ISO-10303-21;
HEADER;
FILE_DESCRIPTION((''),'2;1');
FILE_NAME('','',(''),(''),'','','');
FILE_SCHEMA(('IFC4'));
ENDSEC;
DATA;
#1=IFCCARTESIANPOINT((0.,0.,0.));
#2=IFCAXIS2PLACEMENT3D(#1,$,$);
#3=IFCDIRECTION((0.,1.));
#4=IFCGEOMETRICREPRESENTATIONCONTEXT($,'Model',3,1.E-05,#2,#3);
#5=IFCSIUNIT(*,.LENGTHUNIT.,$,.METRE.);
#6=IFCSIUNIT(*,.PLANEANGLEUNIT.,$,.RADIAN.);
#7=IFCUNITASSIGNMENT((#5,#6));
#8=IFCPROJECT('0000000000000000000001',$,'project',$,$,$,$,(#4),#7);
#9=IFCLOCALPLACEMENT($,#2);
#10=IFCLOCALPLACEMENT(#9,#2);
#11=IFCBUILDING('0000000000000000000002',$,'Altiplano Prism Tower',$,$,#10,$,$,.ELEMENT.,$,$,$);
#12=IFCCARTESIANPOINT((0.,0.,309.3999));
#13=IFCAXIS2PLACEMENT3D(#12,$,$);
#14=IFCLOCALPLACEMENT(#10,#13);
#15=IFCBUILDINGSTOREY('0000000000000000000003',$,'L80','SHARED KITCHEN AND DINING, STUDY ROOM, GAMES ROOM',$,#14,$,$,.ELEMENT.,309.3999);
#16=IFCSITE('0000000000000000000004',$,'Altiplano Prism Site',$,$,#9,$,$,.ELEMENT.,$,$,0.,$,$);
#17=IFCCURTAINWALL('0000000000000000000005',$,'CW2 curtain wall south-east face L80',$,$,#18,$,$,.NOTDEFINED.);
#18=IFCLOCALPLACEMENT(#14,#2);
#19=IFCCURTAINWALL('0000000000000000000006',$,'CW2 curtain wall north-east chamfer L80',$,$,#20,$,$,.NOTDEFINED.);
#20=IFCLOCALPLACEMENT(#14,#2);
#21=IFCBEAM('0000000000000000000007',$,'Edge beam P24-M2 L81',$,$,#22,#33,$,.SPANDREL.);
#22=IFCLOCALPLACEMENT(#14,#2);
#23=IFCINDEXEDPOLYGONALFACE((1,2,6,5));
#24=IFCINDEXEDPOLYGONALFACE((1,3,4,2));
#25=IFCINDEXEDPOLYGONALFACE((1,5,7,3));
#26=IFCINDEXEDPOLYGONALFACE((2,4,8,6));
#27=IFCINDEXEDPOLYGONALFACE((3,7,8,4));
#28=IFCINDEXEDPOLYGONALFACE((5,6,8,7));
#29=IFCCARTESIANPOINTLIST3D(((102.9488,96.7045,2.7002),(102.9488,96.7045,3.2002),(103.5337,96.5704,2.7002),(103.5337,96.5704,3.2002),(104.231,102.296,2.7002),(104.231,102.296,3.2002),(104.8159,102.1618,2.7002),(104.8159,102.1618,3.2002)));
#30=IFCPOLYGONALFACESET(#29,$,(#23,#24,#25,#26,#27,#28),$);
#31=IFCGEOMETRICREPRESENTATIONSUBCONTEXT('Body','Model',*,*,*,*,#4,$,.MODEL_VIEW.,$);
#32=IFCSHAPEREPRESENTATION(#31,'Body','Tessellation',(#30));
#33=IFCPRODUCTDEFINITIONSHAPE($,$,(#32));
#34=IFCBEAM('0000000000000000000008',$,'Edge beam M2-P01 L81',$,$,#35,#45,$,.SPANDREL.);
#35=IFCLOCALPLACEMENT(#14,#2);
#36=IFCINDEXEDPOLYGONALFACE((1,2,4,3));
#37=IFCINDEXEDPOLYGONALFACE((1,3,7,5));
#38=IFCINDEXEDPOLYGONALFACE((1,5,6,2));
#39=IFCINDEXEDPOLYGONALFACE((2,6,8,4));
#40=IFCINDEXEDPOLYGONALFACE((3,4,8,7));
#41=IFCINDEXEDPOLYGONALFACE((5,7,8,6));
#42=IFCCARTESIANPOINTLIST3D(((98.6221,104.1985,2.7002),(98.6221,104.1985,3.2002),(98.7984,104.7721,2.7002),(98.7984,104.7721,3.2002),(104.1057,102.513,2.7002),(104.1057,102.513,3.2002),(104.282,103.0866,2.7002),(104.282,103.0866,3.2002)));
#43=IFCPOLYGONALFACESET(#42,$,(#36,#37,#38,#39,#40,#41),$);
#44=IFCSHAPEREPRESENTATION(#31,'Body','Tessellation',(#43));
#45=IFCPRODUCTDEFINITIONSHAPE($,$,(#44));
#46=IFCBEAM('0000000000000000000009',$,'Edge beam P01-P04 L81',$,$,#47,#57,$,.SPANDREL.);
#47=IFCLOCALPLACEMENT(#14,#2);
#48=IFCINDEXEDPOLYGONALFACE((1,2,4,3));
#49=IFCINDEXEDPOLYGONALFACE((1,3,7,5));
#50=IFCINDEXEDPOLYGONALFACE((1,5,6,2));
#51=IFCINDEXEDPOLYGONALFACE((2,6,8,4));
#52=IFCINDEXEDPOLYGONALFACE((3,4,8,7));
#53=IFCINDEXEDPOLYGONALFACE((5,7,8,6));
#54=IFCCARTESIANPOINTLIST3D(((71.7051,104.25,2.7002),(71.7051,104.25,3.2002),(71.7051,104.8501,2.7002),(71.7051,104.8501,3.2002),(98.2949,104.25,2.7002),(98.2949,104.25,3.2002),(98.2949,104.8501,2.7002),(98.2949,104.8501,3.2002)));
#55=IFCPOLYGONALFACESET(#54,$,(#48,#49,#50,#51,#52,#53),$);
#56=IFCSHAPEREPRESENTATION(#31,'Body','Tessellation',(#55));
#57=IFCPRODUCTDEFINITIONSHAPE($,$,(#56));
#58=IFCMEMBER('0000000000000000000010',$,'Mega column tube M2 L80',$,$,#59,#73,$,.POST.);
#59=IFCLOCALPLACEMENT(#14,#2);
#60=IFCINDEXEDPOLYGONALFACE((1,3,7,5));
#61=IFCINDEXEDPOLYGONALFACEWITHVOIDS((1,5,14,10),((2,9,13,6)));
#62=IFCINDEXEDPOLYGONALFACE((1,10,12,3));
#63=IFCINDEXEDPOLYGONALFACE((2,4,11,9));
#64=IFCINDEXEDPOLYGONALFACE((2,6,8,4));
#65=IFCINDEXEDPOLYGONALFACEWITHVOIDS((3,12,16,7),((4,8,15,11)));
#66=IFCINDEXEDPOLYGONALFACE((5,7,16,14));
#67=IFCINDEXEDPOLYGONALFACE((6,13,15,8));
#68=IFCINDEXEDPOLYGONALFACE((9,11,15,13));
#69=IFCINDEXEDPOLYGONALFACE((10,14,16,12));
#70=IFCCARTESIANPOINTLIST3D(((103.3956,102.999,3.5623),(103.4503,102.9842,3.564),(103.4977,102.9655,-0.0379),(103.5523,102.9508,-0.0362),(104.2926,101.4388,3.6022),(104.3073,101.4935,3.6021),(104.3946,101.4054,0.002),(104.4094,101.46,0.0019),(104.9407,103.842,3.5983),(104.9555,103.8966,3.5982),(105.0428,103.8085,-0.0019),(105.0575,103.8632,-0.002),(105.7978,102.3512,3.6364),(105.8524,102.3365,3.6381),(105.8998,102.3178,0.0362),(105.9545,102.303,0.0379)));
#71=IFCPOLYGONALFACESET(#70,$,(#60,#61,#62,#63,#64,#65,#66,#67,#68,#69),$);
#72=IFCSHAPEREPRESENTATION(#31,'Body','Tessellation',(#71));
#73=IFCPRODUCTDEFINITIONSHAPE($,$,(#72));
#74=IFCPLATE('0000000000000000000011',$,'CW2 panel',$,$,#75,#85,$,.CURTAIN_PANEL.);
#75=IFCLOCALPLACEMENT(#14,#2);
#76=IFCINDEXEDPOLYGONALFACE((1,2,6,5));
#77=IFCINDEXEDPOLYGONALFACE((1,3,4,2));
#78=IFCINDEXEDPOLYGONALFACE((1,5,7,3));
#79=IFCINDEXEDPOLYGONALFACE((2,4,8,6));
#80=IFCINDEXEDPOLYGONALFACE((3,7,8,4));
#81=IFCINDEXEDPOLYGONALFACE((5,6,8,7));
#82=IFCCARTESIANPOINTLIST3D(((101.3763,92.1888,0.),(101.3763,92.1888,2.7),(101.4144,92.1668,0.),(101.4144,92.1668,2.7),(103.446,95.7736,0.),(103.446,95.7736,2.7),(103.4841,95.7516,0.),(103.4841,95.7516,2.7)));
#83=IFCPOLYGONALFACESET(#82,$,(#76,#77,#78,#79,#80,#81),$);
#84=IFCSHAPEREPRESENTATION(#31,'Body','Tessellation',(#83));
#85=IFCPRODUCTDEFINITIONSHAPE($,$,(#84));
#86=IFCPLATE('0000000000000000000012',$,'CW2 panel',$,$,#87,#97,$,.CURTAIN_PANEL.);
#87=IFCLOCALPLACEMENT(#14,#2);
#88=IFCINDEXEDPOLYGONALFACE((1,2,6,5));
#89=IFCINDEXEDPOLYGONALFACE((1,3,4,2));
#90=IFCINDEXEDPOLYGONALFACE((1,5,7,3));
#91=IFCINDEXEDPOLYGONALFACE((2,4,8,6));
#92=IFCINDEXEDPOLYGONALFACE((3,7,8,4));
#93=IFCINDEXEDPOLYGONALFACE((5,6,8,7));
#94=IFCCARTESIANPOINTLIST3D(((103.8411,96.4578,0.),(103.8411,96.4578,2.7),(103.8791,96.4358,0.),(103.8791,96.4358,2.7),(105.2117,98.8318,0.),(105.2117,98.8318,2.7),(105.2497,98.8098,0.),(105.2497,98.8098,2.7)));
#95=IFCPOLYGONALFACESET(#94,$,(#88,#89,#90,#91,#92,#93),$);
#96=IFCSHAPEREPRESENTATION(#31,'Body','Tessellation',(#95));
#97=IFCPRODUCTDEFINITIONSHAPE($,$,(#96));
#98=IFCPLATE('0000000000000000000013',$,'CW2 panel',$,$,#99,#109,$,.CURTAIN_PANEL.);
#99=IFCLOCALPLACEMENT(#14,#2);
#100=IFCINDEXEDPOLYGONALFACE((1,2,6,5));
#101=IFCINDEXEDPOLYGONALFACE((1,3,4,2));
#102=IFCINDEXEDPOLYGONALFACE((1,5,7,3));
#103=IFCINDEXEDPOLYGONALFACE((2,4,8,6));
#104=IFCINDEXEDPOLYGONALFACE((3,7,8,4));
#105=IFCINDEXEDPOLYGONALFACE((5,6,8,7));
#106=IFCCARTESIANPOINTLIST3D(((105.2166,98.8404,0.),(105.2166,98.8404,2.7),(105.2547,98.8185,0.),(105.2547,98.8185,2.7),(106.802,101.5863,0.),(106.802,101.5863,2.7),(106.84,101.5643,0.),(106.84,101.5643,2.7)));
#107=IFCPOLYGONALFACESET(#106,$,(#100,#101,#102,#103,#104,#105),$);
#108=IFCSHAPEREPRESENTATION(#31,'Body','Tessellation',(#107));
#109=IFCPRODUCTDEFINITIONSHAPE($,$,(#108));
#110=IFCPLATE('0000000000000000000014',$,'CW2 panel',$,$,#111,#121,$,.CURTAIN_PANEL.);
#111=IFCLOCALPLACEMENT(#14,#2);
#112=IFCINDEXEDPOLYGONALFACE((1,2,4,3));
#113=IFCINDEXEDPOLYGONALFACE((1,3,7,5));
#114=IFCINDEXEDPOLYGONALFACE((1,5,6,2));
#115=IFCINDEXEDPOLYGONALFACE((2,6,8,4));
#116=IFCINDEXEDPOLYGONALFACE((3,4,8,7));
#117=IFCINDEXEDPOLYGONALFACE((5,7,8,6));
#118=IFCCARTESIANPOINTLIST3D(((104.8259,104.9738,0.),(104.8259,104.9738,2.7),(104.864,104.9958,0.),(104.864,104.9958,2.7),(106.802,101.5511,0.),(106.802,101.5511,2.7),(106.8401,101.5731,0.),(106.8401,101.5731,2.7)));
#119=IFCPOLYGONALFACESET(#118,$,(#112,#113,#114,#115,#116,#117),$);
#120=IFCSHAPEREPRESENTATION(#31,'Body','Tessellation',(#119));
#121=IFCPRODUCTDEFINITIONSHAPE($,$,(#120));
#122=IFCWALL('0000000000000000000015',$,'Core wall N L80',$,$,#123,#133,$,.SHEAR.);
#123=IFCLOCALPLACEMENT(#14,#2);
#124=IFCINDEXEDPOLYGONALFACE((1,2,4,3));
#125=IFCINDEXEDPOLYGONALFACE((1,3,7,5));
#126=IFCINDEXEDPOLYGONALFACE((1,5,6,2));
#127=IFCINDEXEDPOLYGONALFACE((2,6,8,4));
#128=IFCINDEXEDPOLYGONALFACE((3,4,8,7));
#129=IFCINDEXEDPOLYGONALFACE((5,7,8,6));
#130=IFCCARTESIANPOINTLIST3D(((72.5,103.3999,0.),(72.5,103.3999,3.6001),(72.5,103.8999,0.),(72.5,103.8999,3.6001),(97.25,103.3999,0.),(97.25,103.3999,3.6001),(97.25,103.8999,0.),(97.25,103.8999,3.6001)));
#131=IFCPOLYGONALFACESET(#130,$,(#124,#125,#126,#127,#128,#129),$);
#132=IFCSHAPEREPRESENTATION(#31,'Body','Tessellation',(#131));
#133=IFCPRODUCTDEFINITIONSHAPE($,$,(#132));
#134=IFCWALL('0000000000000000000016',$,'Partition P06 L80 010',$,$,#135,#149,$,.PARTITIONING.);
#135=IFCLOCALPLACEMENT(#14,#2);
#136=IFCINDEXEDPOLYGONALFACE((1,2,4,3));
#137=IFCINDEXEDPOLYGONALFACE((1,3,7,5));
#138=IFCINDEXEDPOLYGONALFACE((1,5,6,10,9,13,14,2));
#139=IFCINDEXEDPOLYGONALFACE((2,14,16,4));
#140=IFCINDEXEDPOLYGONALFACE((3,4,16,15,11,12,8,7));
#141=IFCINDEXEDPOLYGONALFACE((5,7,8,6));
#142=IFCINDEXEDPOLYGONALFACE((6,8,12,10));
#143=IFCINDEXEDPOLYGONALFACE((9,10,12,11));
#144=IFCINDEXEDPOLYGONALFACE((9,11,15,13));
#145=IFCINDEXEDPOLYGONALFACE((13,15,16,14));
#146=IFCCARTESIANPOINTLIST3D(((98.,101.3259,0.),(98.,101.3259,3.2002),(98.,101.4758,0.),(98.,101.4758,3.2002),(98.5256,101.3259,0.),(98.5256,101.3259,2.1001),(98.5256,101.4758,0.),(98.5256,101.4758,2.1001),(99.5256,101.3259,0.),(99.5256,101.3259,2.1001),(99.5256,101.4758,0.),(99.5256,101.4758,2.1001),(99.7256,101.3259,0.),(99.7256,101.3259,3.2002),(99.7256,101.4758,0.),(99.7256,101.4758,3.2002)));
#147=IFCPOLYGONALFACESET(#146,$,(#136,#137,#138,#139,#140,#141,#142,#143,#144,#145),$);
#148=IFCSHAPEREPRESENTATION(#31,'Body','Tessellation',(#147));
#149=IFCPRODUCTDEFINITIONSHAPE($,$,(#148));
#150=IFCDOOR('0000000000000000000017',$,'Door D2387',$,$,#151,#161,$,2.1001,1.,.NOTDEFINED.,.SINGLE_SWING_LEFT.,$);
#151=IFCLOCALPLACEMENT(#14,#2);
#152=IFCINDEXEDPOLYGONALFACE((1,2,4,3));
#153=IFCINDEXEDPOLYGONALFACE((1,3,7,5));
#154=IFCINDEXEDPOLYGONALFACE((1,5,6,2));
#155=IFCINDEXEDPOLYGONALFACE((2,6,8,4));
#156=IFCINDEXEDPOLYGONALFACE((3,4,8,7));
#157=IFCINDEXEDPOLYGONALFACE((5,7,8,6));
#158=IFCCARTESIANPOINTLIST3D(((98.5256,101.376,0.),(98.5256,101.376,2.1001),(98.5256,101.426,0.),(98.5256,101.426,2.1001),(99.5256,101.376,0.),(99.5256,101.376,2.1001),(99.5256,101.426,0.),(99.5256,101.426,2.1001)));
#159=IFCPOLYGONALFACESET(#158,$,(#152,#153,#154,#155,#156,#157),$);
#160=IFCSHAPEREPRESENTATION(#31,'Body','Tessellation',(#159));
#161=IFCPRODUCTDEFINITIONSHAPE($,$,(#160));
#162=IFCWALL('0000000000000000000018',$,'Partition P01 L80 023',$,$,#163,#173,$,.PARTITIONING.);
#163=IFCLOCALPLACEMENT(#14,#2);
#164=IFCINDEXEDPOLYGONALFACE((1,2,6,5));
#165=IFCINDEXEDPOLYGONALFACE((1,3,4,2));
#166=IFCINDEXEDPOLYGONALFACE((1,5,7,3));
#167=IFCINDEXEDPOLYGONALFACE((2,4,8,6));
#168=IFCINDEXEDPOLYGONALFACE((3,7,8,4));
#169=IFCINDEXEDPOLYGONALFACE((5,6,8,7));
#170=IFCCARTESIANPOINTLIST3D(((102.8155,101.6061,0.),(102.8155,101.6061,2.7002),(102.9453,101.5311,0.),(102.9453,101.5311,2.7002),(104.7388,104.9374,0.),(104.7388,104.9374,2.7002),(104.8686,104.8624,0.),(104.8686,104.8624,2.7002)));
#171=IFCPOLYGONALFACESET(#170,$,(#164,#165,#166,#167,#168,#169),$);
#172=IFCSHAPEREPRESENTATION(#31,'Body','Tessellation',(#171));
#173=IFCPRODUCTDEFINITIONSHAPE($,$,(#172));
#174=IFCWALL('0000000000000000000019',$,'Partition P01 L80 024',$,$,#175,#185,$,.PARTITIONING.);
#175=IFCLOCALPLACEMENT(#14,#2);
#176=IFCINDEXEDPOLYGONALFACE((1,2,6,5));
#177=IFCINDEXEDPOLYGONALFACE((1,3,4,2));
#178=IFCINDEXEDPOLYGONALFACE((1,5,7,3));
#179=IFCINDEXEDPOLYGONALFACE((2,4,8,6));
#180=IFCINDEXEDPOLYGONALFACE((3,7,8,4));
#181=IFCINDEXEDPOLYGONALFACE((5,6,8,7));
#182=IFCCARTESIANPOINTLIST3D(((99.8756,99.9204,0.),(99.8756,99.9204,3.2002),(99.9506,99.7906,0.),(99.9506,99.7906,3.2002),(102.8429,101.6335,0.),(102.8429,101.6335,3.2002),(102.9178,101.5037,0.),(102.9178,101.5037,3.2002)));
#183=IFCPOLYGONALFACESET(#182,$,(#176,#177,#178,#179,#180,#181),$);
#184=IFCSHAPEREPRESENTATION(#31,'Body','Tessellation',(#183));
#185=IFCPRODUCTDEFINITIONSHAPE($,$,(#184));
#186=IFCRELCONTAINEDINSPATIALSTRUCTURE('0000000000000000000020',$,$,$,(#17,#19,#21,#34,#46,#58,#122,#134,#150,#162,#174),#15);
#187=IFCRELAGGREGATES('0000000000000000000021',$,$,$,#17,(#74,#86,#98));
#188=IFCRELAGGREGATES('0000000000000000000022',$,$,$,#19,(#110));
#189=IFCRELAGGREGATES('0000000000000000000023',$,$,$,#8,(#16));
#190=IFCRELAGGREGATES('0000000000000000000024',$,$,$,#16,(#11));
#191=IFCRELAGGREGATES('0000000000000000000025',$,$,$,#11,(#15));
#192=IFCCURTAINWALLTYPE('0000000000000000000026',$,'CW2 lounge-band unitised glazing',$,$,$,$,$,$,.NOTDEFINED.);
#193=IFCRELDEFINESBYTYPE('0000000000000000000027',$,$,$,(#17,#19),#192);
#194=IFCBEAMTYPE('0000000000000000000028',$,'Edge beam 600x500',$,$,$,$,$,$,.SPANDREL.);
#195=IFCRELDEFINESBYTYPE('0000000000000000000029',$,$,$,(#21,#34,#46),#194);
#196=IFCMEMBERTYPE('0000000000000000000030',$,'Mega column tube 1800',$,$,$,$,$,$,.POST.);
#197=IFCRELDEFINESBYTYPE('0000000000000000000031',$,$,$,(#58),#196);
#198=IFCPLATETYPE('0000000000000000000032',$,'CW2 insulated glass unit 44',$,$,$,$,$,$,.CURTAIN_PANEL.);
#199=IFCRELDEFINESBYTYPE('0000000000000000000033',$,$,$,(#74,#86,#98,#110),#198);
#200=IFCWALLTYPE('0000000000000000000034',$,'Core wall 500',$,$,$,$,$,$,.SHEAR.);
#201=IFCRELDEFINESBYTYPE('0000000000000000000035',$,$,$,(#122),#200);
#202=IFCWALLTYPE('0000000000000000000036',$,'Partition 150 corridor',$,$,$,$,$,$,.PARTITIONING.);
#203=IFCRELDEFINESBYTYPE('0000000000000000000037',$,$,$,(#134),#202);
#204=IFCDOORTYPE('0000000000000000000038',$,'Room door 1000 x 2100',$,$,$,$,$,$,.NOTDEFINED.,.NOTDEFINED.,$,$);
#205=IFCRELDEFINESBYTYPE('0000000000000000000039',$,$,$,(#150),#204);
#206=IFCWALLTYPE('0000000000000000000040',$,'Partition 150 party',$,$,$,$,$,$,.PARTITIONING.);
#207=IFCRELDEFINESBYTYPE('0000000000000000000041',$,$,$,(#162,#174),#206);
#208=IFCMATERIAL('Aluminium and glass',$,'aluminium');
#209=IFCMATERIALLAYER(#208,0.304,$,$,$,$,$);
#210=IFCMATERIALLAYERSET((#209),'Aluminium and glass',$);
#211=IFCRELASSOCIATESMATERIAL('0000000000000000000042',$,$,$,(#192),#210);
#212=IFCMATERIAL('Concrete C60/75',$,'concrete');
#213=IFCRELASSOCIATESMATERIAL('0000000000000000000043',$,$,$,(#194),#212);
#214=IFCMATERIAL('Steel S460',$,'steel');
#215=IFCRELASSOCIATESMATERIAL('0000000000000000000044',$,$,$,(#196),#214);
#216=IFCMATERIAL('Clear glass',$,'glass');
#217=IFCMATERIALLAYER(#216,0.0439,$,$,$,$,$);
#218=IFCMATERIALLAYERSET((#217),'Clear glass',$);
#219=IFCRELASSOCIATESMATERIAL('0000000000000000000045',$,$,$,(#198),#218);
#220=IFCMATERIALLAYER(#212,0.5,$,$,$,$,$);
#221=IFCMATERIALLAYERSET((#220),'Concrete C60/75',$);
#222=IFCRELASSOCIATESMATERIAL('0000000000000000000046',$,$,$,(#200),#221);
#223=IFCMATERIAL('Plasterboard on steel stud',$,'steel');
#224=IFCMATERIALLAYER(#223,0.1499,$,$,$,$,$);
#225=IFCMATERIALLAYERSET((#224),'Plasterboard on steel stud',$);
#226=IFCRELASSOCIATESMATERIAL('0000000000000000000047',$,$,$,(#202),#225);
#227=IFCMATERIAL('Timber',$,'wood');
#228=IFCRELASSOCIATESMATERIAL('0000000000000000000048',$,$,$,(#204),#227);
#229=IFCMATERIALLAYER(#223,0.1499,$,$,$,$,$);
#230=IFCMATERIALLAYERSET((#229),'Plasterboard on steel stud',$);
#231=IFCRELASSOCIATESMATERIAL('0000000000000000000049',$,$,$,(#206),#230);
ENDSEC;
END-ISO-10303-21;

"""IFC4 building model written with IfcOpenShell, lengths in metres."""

from ifc_helpers import new_model, si_unit, direction, frame, frame_2d, origin, origin_2d, place, context, subcontext, project, spatial, rectangle, hollow_rectangle, extrude, material, layer, layer_set, material_profile, profile_set, type_object, element, fill, aggregate, save


model = new_model("IFC4")

# Units and contexts
model_context = context("Model", 3, precision=1e-05, world=origin(), true_north=direction((0.0, 1.0)))
body_context = subcontext(model_context, "Body", "Model", "MODEL_VIEW")
ifc_project = project(units=[si_unit("LENGTHUNIT", "METRE"), si_unit("PLANEANGLEUNIT", "RADIAN")], contexts=[model_context])

# Site, building, storey
site_placement = place(None, origin())
site = spatial("IfcSite", under=ifc_project, at=site_placement, Name="Altiplano Prism Site", CompositionType="ELEMENT", RefElevation=0.0)
building_placement = place(site_placement, origin())
building = spatial("IfcBuilding", under=site, at=building_placement, Name="Altiplano Prism Tower", CompositionType="ELEMENT")
storey_placement = place(building_placement, frame((0.0, 0.0, 309.3999)))
storey = spatial("IfcBuildingStorey", under=building, at=storey_placement, Name="L80", Description="SHARED KITCHEN AND DINING, STUDY ROOM, GAMES ROOM", CompositionType="ELEMENT", Elevation=309.3999)

# Shared definitions
ifc_material_1 = material(Name="Concrete C60/75", Category="concrete")

# Curtain wall
ifc_material_2 = material(Name="Aluminium and glass", Category="aluminium")
ifc_layer_1 = layer(ifc_material_2, 0.304)
ifc_layer_set_1 = layer_set([ifc_layer_1], Name="Aluminium and glass")
curtain_wall_type = type_object("IfcCurtainWallType", Name="CW2 lounge-band unitised glazing", PredefinedType="NOTDEFINED", material=ifc_layer_set_1)
curtain_wall_1_placement = place(storey_placement, origin())
curtain_wall_1 = element("IfcCurtainWall", 1, at=curtain_wall_1_placement, inside=storey, type_object=curtain_wall_type, Name="CW2 curtain wall south-east face L80", PredefinedType="NOTDEFINED")

# Curtain wall
curtain_wall_2_placement = place(storey_placement, origin())
curtain_wall_2 = element("IfcCurtainWall", 2, at=curtain_wall_2_placement, inside=storey, type_object=curtain_wall_type, Name="CW2 curtain wall north-east chamfer L80", PredefinedType="NOTDEFINED")

# Beams
ifc_material_profile_1 = material_profile(ifc_material_1, rectangle(XDim=0.6001, YDim=0.5, at=origin_2d()), Name="Edge beam 600x500")
ifc_profile_set_1 = profile_set([ifc_material_profile_1], Name="Concrete C60/75")
beam_type = type_object("IfcBeamType", Name="Edge beam 600x500", PredefinedType="SPANDREL", material=ifc_profile_set_1)
beam_1_placement = place(storey_placement, frame((103.2412, 96.6375, 2.9502), z_axis=(0.223513, 0.974701, 0.0), x_axis=(-0.974701, 0.223513, 0.0)))
element("IfcBeam", 3, at=beam_1_placement, inside=storey, type_object=beam_type, Name="Edge beam P24-M2 L81", PredefinedType="SPANDREL", context=body_context, shape_type="SweptSolid", body=[
    extrude(rectangle(XDim=0.6001, YDim=0.5, at=origin_2d()), origin(), (0.0, 0.0, 1.0), 5.7366),
])
beam_2_placement = place(storey_placement, frame((104.1938, 102.7998, 2.9502), z_axis=(-0.955864, 0.293811, 0.0), x_axis=(-0.293811, -0.955864, 0.0)))
element("IfcBeam", 4, at=beam_2_placement, inside=storey, type_object=beam_type, Name="Edge beam M2-P01 L81", PredefinedType="SPANDREL", context=body_context, shape_type="SweptSolid", body=[
    extrude(rectangle(XDim=0.6001, YDim=0.5, at=origin_2d()), origin(), (0.0, 0.0, 1.0), 5.7368),
])
beam_3_placement = place(storey_placement, frame((98.2949, 104.55, 2.9502), z_axis=(-1.0, 0.0, 0.0), x_axis=(0.0, -1.0, 0.0)))
element("IfcBeam", 5, at=beam_3_placement, inside=storey, type_object=beam_type, Name="Edge beam P01-P04 L81", PredefinedType="SPANDREL", context=body_context, shape_type="SweptSolid", body=[
    extrude(rectangle(XDim=0.6001, YDim=0.5, at=origin_2d()), origin(), (0.0, 0.0, 1.0), 26.5898),
])

# Member
ifc_material_3 = material(Name="Steel S460", Category="steel")
ifc_material_profile_2 = material_profile(ifc_material_3, hollow_rectangle(XDim=1.8, YDim=1.8, WallThickness=0.04, at=origin_2d()), Name="Mega column tube 1800")
ifc_profile_set_2 = profile_set([ifc_material_profile_2], Name="Steel S460")
member_type_1 = type_object("IfcMemberType", Name="Mega column tube 1800", PredefinedType="POST", material=ifc_profile_set_2)
member_1_placement = place(storey_placement, frame((104.7261, 102.6343, 0.0), z_axis=(-0.028334, 0.009287, 0.999555), x_axis=(0.498275, -0.866735, 0.022177)))
element("IfcMember", 6, at=member_1_placement, inside=storey, type_object=member_type_1, Name="Mega column tube M2 L80", PredefinedType="POST", context=body_context, shape_type="SweptSolid", body=[
    extrude(hollow_rectangle(XDim=1.8, YDim=1.8, WallThickness=0.04, at=origin_2d()), origin(), (0.0, 0.0, 1.0), 3.6018),
])

# Plates
ifc_material_4 = material(Name="Clear glass", Category="glass")
ifc_layer_2 = layer(ifc_material_4, 0.0439)
ifc_layer_set_2 = layer_set([ifc_layer_2], Name="Clear glass")
plate_type = type_object("IfcPlateType", Name="CW2 insulated glass unit 44", PredefinedType="CURTAIN_PANEL", material=ifc_layer_set_2)
plate_1_placement = place(storey_placement, frame((102.4302, 93.9702, 0.0), z_axis=(0.0, 0.0, 1.0), x_axis=(0.5, 0.866025, 0.0)))
plate_1 = element("IfcPlate", 7, at=plate_1_placement, type_object=plate_type, Name="CW2 panel", PredefinedType="CURTAIN_PANEL", context=body_context, shape_type="SweptSolid", body=[
    extrude(rectangle(XDim=4.1394, YDim=0.0439, at=origin_2d()), origin(), (0.0, 0.0, 1.0), 2.7),
])
plate_2_placement = place(storey_placement, frame((104.5454, 97.6338, 0.0), z_axis=(0.0, 0.0, 1.0), x_axis=(0.5, 0.866025, 0.0)))
plate_2 = element("IfcPlate", 8, at=plate_2_placement, type_object=plate_type, Name="CW2 panel", PredefinedType="CURTAIN_PANEL", context=body_context, shape_type="SweptSolid", body=[
    extrude(rectangle(XDim=2.7412, YDim=0.0439, at=origin_2d()), origin(), (0.0, 0.0, 1.0), 2.7),
])
plate_3_placement = place(storey_placement, frame((106.0283, 100.2024, 0.0), z_axis=(0.0, 0.0, 1.0), x_axis=(0.5, 0.866025, 0.0)))
plate_3 = element("IfcPlate", 9, at=plate_3_placement, type_object=plate_type, Name="CW2 panel", PredefinedType="CURTAIN_PANEL", context=body_context, shape_type="SweptSolid", body=[
    extrude(rectangle(XDim=3.1707, YDim=0.0439, at=origin_2d()), origin(), (0.0, 0.0, 1.0), 2.7),
])
aggregate(curtain_wall_1, [plate_1, plate_2, plate_3])
plate_4_placement = place(storey_placement, frame((105.833, 103.2734, 0.0), z_axis=(0.0, 0.0, 1.0), x_axis=(-0.5, 0.866025, 0.0)))
plate_4 = element("IfcPlate", 10, at=plate_4_placement, type_object=plate_type, Name="CW2 panel", PredefinedType="CURTAIN_PANEL", context=body_context, shape_type="SweptSolid", body=[
    extrude(rectangle(XDim=3.9521, YDim=0.0439, at=origin_2d()), origin(), (0.0, 0.0, 1.0), 2.7),
])
aggregate(curtain_wall_2, [plate_4])

# Wall
ifc_layer_3 = layer(ifc_material_1, 0.5)
ifc_layer_set_3 = layer_set([ifc_layer_3], Name="Concrete C60/75")
wall_type_1 = type_object("IfcWallType", Name="Core wall 500", PredefinedType="SHEAR", material=ifc_layer_set_3)
wall_1_placement = place(storey_placement, frame((97.25, 103.6499, 0.0), z_axis=(0.0, 0.0, 1.0), x_axis=(-1.0, 0.0, 0.0)))
element("IfcWall", 11, at=wall_1_placement, inside=storey, type_object=wall_type_1, Name="Core wall N L80", PredefinedType="SHEAR", context=body_context, shape_type="SweptSolid", body=[
    extrude(rectangle(XDim=24.75, YDim=0.5, at=frame_2d((12.375, 0.0))), origin(), (0.0, 0.0, 1.0), 3.6001),
])

# Wall, opening, door
ifc_material_5 = material(Name="Plasterboard on steel stud", Category="steel")
ifc_layer_4 = layer(ifc_material_5, 0.1499)
ifc_layer_set_4 = layer_set([ifc_layer_4], Name="Plasterboard on steel stud")
wall_type_2 = type_object("IfcWallType", Name="Partition 150 corridor", PredefinedType="PARTITIONING", material=ifc_layer_set_4)
wall_2_placement = place(storey_placement, frame((99.7256, 101.4009, 0.0), z_axis=(0.0, 0.0, 1.0), x_axis=(-1.0, 0.0, 0.0)))
wall_2 = element("IfcWall", 12, at=wall_2_placement, inside=storey, type_object=wall_type_2, Name="Partition P06 L80 010", PredefinedType="PARTITIONING", context=body_context, shape_type="SweptSolid", body=[
    extrude(rectangle(XDim=1.7256, YDim=0.1499, at=frame_2d((0.8628, 0.0))), origin(), (0.0, 0.0, 1.0), 3.2002),
])
opening_placement = place(wall_2_placement, frame((0.2, 0.0, 0.0)))
opening = element("IfcOpeningElement", 13, at=opening_placement, cuts=wall_2, PredefinedType="OPENING", context=body_context, shape_type="SweptSolid", body=[
    extrude(rectangle(XDim=1.0, YDim=2.1001, at=frame_2d((0.5, 1.05))), frame((0.0, 0.0854, 0.0), z_axis=(0.0, -1.0, 0.0), x_axis=(1.0, 0.0, 0.0)), (0.0, 0.0, 1.0), 0.1709),
])
ifc_material_6 = material(Name="Timber", Category="wood")
door_type = type_object("IfcDoorType", Name="Room door 1000 x 2100", OperationType="NOTDEFINED", PredefinedType="NOTDEFINED", material=ifc_material_6)
door_placement = place(opening_placement, origin())
door = element("IfcDoor", 14, at=door_placement, inside=storey, type_object=door_type, Name="Door D2387", OperationType="SINGLE_SWING_LEFT", OverallHeight=2.1001, OverallWidth=1.0, PredefinedType="NOTDEFINED", context=body_context, shape_type="SweptSolid", body=[
    extrude(rectangle(XDim=1.0, YDim=2.1001, at=frame_2d((0.5, 1.05))), frame((0.0, 0.0249, 0.0), z_axis=(0.0, -1.0, 0.0), x_axis=(1.0, 0.0, 0.0)), (0.0, 0.0, 1.0), 0.05),
])
fill(opening, door)

# Walls
ifc_layer_5 = layer(ifc_material_5, 0.1499)
ifc_layer_set_5 = layer_set([ifc_layer_5], Name="Plasterboard on steel stud")
wall_type_3 = type_object("IfcWallType", Name="Partition 150 party", PredefinedType="PARTITIONING", material=ifc_layer_set_5)
wall_3_placement = place(storey_placement, frame((104.8037, 104.8999, 0.0), z_axis=(0.0, 0.0, 1.0), x_axis=(-0.500003, -0.866024, 0.0)))
element("IfcWall", 15, at=wall_3_placement, inside=storey, type_object=wall_type_3, Name="Partition P01 L80 023", PredefinedType="PARTITIONING", context=body_context, shape_type="SweptSolid", body=[
    extrude(rectangle(XDim=3.8467, YDim=0.1499, at=frame_2d((1.9233, 0.0))), origin(), (0.0, 0.0, 1.0), 2.7002),
])
wall_4_placement = place(storey_placement, frame((102.8804, 101.5686, 0.0), z_axis=(0.0, 0.0, 1.0), x_axis=(-0.866029, -0.499994, 0.0)))
element("IfcWall", 16, at=wall_4_placement, inside=storey, type_object=wall_type_3, Name="Partition P01 L80 024", PredefinedType="PARTITIONING", context=body_context, shape_type="SweptSolid", body=[
    extrude(rectangle(XDim=3.4263, YDim=0.1499, at=frame_2d((1.7131, 0.0))), origin(), (0.0, 0.0, 1.0), 3.2002),
])

save(model, "model.ifc")
